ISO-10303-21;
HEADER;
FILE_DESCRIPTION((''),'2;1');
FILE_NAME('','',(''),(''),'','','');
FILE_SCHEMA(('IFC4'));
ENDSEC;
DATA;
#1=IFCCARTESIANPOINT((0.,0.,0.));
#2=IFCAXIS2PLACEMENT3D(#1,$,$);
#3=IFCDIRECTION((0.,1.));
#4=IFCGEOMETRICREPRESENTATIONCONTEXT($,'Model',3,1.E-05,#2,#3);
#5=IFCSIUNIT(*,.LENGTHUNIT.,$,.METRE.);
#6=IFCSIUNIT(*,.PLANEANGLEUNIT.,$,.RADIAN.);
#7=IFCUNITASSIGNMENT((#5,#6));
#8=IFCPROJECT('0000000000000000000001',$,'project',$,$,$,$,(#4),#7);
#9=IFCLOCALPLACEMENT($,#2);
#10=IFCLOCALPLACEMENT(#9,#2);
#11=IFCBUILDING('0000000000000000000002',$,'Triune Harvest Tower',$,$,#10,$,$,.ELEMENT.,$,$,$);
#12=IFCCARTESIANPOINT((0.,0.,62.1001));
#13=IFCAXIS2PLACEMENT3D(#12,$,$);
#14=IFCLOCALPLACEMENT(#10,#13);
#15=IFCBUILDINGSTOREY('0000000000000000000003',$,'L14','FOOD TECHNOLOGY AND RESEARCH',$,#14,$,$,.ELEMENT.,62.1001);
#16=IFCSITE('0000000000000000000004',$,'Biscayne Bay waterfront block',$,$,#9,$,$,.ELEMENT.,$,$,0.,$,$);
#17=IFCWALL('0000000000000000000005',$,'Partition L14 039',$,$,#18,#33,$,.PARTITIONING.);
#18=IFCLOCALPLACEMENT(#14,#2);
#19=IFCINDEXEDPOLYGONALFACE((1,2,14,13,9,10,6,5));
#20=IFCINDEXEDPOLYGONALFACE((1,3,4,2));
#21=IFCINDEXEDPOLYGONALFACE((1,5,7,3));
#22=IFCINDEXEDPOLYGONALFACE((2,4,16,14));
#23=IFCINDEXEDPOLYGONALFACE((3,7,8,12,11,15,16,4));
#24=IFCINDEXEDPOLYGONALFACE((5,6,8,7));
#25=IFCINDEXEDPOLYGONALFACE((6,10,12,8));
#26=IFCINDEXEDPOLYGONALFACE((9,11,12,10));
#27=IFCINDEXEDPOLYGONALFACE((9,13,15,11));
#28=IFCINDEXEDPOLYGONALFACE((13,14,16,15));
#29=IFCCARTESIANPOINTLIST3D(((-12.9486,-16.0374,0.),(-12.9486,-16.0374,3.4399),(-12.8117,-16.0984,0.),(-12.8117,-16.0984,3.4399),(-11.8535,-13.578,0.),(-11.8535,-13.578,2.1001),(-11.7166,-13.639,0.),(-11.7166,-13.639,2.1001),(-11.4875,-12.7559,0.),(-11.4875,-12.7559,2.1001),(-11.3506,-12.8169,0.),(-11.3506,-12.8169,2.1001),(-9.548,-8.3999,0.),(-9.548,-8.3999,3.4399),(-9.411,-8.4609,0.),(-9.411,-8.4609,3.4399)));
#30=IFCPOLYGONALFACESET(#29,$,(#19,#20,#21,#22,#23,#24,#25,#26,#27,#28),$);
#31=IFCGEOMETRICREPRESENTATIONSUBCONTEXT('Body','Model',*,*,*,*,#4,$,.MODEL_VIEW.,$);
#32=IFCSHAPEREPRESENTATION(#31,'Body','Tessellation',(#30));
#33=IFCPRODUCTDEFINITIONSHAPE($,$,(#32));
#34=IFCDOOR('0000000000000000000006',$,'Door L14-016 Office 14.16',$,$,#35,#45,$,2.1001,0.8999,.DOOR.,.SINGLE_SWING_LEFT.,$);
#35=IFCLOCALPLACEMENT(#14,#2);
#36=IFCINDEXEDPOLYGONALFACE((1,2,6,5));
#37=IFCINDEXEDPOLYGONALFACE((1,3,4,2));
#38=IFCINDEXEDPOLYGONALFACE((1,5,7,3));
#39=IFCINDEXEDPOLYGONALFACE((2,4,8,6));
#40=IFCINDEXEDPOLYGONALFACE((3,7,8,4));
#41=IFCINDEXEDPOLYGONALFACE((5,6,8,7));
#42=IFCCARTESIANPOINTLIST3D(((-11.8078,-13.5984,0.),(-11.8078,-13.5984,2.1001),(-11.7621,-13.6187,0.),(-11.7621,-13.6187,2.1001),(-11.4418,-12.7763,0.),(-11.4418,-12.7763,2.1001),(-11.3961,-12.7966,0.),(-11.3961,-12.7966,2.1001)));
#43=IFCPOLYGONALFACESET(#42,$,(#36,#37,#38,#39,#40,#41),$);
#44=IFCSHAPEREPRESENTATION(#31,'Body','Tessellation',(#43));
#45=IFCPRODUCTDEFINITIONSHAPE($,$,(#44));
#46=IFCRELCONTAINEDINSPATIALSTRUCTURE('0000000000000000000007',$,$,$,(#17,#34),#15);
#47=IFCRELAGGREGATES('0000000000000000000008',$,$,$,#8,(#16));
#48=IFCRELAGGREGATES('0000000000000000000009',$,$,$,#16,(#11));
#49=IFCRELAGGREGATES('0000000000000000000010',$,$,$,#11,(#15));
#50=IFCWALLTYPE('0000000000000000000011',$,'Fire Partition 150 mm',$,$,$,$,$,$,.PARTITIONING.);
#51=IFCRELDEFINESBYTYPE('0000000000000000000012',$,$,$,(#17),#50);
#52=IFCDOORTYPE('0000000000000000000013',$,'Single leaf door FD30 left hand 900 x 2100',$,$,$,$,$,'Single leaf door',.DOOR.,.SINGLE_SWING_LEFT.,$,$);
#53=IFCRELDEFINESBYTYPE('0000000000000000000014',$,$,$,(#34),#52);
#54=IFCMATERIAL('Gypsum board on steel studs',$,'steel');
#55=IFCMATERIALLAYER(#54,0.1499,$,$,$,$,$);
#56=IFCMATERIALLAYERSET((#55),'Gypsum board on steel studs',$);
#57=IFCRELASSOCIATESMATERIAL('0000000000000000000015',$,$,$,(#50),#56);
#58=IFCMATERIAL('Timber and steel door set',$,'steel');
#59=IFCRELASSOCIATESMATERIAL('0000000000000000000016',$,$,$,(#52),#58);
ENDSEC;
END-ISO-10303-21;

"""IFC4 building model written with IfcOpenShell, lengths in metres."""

from ifc_helpers import new_model, si_unit, direction, frame, frame_2d, origin, place, context, subcontext, project, spatial, rectangle, extrude, source, transform, mapped, material, layer, layer_set, type_object, element, fill, save


model = new_model("IFC4")

# Units and contexts
model_context = context("Model", 3, precision=1e-05, world=origin(), true_north=direction((0.0, 1.0)))
body_context = subcontext(model_context, "Body", "Model", "MODEL_VIEW")
ifc_project = project(units=[si_unit("LENGTHUNIT", "METRE"), si_unit("PLANEANGLEUNIT", "RADIAN")], contexts=[model_context])

# Site, building, storey
site_placement = place(None, origin())
site = spatial("IfcSite", under=ifc_project, at=site_placement, Name="Biscayne Bay waterfront block", CompositionType="ELEMENT", RefElevation=0.0)
building_placement = place(site_placement, origin())
building = spatial("IfcBuilding", under=site, at=building_placement, Name="Triune Harvest Tower", CompositionType="ELEMENT")
storey_placement = place(building_placement, frame((0.0, 0.0, 62.1001)))
storey = spatial("IfcBuildingStorey", under=building, at=storey_placement, Name="L14", Description="FOOD TECHNOLOGY AND RESEARCH", CompositionType="ELEMENT", Elevation=62.1001)

# Shared definitions
ifc_material_1 = material(Name="Gypsum board on steel studs", Category="steel")
ifc_layer_1 = layer(ifc_material_1, 0.1499)
ifc_layer_set_1 = layer_set([ifc_layer_1], Name="Gypsum board on steel studs")
wall_type_1 = type_object("IfcWallType", Name="Fire Partition 150 mm", PredefinedType="PARTITIONING", material=ifc_layer_set_1)

# Wall, opening, door
ifc_material_2 = material(Name="Timber and steel door set", Category="steel")
door_type_1 = type_object("IfcDoorType", Name="Single leaf door FD30 left hand 900 x 2100", ElementType="Single leaf door", OperationType="SINGLE_SWING_LEFT", PredefinedType="DOOR", material=ifc_material_2)
shared_shape_1 = source(origin(), body_context, "Body", "SweptSolid", [
    extrude(rectangle(XDim=8.3604, YDim=0.1499, at=frame_2d((4.1802, 0.0))), origin(), (0.0, 0.0, 1.0), 3.4399),
])
wall_1_placement = place(storey_placement, frame((-12.8801, -16.0679, 0.0), z_axis=(0.0, 0.0, 1.0), x_axis=(0.406759, 0.913536, 0.0)))
wall_1 = element("IfcWall", 1, at=wall_1_placement, inside=storey, type_object=wall_type_1, Name="Partition L14 039", PredefinedType="PARTITIONING", context=body_context, shape_type="MappedRepresentation", body=[
    mapped(shared_shape_1, transform((0.0, 0.0, 0.0), scale=1.0)),
])
opening_1_placement = place(wall_1_placement, frame((2.6921, 0.0, 0.0)))
opening_1 = element("IfcOpeningElement", 2, at=opening_1_placement, cuts=wall_1, PredefinedType="OPENING", context=body_context, shape_type="SweptSolid", body=[
    extrude(rectangle(XDim=0.8999, YDim=2.1001, at=frame_2d((0.45, 1.05))), frame((0.0, 0.085, 0.0), z_axis=(0.0, -1.0, 0.0), x_axis=(1.0, 0.0, 0.0)), (0.0, 0.0, 1.0), 0.1699),
])
door_1_placement = place(opening_1_placement, origin())
door_1 = element("IfcDoor", 3, at=door_1_placement, inside=storey, type_object=door_type_1, Name="Door L14-016 Office 14.16", OperationType="SINGLE_SWING_LEFT", OverallHeight=2.1001, OverallWidth=0.8999, PredefinedType="DOOR", context=body_context, shape_type="SweptSolid", body=[
    extrude(rectangle(XDim=0.8999, YDim=2.1001, at=frame_2d((0.45, 1.05))), frame((0.0, 0.0249, 0.0), z_axis=(0.0, -1.0, 0.0), x_axis=(1.0, 0.0, 0.0)), (0.0, 0.0, 1.0), 0.05),
])
fill(opening_1, door_1)

save(model, "model.ifc")
